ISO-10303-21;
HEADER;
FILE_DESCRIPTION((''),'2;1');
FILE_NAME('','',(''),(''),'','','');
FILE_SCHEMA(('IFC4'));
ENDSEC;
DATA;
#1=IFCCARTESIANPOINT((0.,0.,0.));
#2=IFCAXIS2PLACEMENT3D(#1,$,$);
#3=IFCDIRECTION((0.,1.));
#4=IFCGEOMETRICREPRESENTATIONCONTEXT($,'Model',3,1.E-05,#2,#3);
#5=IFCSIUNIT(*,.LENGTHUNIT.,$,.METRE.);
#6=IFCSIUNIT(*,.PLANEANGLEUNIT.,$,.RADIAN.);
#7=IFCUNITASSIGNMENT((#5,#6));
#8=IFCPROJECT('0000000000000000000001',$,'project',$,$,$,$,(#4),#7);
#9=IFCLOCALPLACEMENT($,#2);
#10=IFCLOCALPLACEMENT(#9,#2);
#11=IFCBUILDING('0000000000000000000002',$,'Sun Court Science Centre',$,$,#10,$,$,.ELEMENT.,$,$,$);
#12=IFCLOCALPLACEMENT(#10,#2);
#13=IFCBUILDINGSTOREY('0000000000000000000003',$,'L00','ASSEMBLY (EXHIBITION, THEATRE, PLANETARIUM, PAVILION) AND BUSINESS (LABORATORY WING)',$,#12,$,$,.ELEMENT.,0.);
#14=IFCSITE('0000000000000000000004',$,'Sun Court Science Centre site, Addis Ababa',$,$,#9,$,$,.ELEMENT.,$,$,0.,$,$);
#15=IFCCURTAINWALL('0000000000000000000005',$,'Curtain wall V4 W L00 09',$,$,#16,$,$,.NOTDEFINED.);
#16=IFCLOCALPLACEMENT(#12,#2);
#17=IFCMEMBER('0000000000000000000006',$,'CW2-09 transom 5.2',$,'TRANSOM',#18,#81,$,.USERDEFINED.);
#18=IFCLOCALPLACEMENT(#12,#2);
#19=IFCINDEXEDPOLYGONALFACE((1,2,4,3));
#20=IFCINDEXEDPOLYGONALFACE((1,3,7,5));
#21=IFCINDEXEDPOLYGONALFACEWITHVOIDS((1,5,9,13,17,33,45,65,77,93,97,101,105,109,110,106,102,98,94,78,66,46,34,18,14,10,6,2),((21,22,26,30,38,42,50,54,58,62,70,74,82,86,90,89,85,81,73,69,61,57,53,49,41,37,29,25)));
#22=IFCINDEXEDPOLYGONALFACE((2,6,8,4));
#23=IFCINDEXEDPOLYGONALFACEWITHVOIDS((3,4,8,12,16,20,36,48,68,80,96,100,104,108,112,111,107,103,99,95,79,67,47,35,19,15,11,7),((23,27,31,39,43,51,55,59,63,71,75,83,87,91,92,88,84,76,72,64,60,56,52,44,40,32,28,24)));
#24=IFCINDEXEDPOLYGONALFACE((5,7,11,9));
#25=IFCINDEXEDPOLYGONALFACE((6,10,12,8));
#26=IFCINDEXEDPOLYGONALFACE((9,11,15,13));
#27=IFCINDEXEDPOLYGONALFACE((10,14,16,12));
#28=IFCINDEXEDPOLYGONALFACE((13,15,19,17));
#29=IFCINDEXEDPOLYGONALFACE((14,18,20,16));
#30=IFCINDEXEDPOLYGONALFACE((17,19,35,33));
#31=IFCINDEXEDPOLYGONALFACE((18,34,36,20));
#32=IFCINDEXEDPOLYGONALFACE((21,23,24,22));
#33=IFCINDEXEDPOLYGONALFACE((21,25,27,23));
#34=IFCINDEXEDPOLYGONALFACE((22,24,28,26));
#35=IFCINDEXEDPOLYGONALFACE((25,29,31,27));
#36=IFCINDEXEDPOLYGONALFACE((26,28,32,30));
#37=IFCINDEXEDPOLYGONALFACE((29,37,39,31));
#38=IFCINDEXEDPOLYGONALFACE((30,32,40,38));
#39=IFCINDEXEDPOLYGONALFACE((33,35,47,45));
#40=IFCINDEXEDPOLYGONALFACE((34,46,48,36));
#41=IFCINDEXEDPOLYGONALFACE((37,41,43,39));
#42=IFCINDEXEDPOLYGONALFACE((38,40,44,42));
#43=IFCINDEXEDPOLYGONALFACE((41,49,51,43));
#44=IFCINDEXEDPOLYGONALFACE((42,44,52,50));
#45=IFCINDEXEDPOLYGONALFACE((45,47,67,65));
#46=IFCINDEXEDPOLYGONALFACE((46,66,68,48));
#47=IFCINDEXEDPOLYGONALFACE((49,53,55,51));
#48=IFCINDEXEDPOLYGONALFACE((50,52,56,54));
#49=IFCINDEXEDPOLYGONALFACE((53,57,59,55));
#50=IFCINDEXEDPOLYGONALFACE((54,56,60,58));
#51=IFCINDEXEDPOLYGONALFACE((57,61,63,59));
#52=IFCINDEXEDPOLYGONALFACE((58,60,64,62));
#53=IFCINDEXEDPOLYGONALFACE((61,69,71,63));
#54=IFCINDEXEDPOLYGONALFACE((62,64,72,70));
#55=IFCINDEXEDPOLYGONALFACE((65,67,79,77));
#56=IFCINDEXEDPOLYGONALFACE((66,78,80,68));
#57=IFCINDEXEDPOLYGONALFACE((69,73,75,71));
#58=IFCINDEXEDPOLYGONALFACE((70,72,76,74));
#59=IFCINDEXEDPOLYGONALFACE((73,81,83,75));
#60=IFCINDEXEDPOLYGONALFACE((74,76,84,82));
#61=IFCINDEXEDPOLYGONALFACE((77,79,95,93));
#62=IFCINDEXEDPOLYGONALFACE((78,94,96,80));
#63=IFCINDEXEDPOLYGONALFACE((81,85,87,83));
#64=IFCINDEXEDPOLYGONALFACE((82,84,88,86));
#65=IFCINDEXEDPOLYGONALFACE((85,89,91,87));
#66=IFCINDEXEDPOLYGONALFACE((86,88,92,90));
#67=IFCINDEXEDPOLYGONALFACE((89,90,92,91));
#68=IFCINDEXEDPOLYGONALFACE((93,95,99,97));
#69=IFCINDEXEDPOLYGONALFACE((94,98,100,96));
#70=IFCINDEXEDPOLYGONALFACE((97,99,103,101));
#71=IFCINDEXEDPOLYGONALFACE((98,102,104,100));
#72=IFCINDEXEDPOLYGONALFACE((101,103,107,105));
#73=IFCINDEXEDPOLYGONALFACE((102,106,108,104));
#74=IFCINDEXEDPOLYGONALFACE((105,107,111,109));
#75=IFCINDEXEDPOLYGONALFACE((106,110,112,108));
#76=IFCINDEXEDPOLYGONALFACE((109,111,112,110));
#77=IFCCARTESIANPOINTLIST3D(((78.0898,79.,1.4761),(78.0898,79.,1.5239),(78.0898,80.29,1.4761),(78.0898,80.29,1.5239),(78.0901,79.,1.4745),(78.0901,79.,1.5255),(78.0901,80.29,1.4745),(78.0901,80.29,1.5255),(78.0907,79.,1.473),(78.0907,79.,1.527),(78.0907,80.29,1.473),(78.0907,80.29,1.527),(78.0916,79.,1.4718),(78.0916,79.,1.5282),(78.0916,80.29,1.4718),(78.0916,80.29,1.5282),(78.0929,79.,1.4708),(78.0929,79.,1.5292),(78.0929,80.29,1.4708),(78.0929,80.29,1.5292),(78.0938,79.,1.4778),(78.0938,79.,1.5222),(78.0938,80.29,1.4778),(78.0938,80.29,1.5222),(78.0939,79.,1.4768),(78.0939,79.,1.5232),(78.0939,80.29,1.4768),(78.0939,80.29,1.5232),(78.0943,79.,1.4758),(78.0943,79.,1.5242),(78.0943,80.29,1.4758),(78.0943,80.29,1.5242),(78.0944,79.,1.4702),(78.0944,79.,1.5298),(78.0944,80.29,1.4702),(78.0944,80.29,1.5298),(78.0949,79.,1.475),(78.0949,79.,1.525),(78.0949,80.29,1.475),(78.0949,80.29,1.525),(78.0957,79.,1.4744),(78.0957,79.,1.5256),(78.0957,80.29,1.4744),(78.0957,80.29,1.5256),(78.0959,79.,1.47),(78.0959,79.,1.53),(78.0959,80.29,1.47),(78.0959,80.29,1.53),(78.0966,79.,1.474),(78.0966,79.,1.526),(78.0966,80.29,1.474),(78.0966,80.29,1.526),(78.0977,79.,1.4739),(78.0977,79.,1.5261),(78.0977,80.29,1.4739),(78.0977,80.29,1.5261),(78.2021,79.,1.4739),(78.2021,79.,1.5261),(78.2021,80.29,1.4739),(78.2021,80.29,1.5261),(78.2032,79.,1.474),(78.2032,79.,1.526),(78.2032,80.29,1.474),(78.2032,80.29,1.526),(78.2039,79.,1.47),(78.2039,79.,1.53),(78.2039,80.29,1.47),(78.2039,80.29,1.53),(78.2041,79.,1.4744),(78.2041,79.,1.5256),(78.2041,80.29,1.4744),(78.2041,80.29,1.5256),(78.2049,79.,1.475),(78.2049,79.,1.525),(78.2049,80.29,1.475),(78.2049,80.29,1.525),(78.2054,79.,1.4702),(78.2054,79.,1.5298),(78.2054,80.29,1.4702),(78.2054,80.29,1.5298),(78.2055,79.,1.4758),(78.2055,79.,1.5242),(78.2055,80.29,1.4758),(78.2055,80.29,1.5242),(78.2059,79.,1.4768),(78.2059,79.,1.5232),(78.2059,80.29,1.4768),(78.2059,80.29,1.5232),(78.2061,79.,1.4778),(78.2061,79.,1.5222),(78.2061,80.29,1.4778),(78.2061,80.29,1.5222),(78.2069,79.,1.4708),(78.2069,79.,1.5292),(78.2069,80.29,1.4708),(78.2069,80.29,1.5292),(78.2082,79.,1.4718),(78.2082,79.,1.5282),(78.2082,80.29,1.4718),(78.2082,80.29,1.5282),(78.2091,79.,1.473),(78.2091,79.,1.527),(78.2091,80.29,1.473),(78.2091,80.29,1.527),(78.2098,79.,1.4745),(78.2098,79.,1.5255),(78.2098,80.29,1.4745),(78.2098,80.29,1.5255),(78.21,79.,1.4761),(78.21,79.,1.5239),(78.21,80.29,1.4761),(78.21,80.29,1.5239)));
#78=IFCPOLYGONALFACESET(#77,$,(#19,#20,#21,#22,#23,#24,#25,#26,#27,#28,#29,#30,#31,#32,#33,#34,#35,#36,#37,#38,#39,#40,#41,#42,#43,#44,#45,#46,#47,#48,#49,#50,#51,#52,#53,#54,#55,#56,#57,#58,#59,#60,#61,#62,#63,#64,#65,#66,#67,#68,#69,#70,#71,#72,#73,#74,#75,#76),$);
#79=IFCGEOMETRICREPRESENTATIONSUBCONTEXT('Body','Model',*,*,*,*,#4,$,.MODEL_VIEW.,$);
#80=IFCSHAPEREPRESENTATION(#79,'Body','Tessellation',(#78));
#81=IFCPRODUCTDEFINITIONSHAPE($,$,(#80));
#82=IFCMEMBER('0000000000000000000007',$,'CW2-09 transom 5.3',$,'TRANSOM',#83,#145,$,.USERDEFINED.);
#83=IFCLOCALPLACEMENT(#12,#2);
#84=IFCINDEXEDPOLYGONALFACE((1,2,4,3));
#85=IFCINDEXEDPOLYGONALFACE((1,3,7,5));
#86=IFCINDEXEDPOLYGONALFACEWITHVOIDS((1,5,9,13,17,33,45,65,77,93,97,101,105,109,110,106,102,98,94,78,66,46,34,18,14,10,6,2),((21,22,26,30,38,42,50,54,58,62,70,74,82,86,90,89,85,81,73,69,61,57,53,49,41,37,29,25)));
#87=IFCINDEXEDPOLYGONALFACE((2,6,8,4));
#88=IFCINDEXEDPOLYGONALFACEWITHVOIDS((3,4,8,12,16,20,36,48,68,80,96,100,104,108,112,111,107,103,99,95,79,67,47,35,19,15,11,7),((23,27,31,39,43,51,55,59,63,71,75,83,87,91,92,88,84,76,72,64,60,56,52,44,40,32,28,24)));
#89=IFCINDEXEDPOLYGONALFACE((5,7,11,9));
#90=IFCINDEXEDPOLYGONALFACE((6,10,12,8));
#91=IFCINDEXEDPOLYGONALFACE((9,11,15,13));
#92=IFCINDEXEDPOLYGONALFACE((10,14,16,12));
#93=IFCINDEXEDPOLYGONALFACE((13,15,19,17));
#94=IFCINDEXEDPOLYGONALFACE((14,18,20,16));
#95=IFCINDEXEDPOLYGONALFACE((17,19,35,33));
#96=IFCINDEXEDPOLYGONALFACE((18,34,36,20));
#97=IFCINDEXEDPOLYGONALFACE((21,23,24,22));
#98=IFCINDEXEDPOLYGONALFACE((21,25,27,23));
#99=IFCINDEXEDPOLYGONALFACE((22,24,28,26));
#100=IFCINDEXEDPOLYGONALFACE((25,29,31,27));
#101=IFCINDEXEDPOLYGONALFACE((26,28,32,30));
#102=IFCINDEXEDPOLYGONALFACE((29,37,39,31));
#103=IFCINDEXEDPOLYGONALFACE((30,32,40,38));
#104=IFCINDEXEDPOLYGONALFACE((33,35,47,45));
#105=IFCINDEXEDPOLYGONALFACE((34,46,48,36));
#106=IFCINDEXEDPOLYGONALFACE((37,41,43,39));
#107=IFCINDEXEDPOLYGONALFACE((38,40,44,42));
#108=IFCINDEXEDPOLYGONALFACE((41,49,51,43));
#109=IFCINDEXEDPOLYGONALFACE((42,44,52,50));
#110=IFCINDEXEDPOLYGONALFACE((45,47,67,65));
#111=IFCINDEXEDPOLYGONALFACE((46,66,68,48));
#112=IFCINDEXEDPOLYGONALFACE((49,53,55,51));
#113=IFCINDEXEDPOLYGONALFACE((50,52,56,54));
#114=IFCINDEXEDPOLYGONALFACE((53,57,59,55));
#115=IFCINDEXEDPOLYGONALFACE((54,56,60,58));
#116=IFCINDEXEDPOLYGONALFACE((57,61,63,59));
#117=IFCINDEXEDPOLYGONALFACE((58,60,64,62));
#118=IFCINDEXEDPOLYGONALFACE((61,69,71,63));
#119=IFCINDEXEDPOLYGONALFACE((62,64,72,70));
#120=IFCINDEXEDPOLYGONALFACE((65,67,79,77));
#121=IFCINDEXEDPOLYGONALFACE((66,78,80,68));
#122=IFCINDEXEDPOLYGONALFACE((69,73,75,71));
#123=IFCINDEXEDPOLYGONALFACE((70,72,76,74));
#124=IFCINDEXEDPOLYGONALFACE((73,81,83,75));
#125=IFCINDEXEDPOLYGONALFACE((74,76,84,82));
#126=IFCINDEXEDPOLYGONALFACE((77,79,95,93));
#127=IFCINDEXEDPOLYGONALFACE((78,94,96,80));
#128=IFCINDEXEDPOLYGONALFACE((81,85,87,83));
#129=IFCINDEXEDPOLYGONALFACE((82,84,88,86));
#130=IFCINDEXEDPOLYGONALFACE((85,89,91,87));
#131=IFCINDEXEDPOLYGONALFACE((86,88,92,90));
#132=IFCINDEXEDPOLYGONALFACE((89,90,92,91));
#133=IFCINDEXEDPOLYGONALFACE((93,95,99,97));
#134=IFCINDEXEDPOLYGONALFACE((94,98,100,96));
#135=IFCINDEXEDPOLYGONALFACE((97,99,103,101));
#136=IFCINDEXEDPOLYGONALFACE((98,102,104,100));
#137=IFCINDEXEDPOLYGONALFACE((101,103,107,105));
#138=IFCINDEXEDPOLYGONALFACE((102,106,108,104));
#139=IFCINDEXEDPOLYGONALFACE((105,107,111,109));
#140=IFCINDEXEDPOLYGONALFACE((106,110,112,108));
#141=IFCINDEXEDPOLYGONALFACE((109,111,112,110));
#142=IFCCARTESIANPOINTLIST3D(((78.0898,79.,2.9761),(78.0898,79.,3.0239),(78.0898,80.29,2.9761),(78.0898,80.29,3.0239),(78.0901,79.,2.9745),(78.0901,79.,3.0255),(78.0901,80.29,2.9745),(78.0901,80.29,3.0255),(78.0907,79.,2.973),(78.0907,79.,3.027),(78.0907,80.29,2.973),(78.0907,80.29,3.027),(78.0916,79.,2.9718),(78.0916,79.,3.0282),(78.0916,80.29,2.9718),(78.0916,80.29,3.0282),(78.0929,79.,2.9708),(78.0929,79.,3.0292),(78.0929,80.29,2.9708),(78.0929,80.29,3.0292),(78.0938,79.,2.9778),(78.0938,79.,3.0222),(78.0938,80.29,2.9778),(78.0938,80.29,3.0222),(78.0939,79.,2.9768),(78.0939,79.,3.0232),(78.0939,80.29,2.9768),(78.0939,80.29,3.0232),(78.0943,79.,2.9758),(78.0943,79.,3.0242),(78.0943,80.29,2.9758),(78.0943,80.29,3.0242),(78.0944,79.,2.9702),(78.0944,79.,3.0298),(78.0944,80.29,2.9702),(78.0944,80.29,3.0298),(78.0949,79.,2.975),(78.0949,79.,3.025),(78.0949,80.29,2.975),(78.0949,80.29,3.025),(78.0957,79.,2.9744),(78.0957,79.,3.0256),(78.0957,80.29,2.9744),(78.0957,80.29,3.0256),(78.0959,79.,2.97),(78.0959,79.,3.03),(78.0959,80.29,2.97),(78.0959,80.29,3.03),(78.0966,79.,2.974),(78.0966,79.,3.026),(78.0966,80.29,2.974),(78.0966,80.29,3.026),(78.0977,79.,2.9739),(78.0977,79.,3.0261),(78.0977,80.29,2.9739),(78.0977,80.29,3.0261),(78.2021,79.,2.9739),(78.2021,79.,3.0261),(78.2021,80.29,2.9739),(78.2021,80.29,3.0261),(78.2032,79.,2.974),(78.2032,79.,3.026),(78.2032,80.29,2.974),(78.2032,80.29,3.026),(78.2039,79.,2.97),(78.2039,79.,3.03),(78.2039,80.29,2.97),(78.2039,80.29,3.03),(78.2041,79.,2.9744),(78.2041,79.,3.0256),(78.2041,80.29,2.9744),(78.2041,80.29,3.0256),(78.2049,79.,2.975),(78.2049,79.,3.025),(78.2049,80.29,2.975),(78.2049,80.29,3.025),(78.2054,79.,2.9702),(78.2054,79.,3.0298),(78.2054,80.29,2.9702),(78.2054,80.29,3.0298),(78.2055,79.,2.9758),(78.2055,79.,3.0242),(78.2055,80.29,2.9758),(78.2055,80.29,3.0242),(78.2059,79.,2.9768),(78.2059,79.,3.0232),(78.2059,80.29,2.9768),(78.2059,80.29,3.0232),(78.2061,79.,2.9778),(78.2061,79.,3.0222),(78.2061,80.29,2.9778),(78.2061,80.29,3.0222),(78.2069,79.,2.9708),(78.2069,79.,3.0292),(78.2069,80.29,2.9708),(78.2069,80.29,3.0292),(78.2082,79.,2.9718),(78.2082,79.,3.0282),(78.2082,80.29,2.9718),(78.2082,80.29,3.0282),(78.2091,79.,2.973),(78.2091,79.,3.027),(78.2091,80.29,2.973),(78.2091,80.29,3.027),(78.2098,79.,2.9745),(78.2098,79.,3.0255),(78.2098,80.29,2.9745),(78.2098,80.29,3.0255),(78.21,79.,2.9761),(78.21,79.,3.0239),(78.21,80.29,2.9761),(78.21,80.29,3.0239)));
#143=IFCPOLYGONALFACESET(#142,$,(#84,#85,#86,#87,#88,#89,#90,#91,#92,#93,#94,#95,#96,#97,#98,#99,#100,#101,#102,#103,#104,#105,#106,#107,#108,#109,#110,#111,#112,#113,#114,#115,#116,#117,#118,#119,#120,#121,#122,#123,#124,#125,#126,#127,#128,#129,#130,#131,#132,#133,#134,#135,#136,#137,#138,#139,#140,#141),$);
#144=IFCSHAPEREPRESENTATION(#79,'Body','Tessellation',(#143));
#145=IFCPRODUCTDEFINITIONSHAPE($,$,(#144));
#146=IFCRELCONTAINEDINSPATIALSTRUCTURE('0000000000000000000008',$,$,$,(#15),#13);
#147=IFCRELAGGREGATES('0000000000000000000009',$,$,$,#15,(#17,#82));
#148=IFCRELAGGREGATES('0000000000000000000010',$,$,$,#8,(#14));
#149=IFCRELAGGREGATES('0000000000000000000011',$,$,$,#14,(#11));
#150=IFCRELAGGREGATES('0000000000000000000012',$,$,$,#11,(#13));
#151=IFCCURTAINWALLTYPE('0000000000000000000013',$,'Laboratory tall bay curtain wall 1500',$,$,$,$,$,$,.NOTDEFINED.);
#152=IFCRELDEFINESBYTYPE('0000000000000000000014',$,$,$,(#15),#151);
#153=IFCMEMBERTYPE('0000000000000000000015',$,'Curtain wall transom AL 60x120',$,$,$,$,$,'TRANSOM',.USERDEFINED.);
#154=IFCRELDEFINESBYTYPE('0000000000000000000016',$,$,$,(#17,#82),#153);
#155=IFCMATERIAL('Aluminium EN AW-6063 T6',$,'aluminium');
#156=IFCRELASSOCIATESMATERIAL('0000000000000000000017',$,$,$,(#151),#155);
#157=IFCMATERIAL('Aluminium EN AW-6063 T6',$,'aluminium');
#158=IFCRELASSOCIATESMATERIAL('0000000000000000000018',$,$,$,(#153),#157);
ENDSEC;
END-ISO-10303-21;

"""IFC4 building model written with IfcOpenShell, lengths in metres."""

from ifc_helpers import new_model, si_unit, direction, frame, origin, origin_2d, place, context, subcontext, project, spatial, hollow_rectangle, extrude, material, material_profile, profile_set, type_object, element, aggregate, save


model = new_model("IFC4")

# Units and contexts
model_context = context("Model", 3, precision=1e-05, world=origin(), true_north=direction((0.0, 1.0)))
body_context = subcontext(model_context, "Body", "Model", "MODEL_VIEW")
ifc_project = project(units=[si_unit("LENGTHUNIT", "METRE"), si_unit("PLANEANGLEUNIT", "RADIAN")], contexts=[model_context])

# Site, building, storey
site_placement = place(None, origin())
site = spatial("IfcSite", under=ifc_project, at=site_placement, Name="Sun Court Science Centre site, Addis Ababa", CompositionType="ELEMENT", RefElevation=0.0)
building_placement = place(site_placement, origin())
building = spatial("IfcBuilding", under=site, at=building_placement, Name="Sun Court Science Centre", CompositionType="ELEMENT")
storey_placement = place(building_placement, origin())
storey = spatial("IfcBuildingStorey", under=building, at=storey_placement, Name="L00", Description="ASSEMBLY (EXHIBITION, THEATRE, PLANETARIUM, PAVILION) AND BUSINESS (LABORATORY WING)", CompositionType="ELEMENT", Elevation=0.0)

# Curtain wall, members
ifc_material_1 = material(Name="Aluminium EN AW-6063 T6", Category="aluminium")
curtain_wall_type = type_object("IfcCurtainWallType", Name="Laboratory tall bay curtain wall 1500", PredefinedType="NOTDEFINED", material=ifc_material_1)
curtain_wall_placement = place(storey_placement, origin())
curtain_wall = element("IfcCurtainWall", 1, at=curtain_wall_placement, inside=storey, type_object=curtain_wall_type, Name="Curtain wall V4 W L00 09", PredefinedType="NOTDEFINED")
ifc_material_2 = material(Name="Aluminium EN AW-6063 T6", Category="aluminium")
ifc_material_profile_1 = material_profile(ifc_material_2, hollow_rectangle(XDim=0.0601, YDim=0.1201, WallThickness=0.0039, InnerFilletRadius=0.0039, OuterFilletRadius=0.0061, at=origin_2d()), Name="AL 60x120x4")
ifc_profile_set_1 = profile_set([ifc_material_profile_1], Name="Aluminium EN AW-6063 T6")
member_type_1 = type_object("IfcMemberType", Name="Curtain wall transom AL 60x120", ElementType="TRANSOM", PredefinedType="USERDEFINED", material=ifc_profile_set_1)
member_1_placement = place(storey_placement, frame((78.1499, 79.0, 1.5), z_axis=(0.0, 1.0, 0.0), x_axis=(0.0, 0.0, 1.0)))
member_1 = element("IfcMember", 2, at=member_1_placement, type_object=member_type_1, Name="CW2-09 transom 5.2", ObjectType="TRANSOM", PredefinedType="USERDEFINED", context=body_context, shape_type="SweptSolid", body=[
    extrude(hollow_rectangle(XDim=0.0601, YDim=0.1201, WallThickness=0.0039, InnerFilletRadius=0.0039, OuterFilletRadius=0.0061, at=origin_2d()), origin(), (0.0, 0.0, 1.0), 1.29),
])
member_2_placement = place(storey_placement, frame((78.1499, 79.0, 3.0), z_axis=(0.0, 1.0, 0.0), x_axis=(0.0, 0.0, 1.0)))
member_2 = element("IfcMember", 3, at=member_2_placement, type_object=member_type_1, Name="CW2-09 transom 5.3", ObjectType="TRANSOM", PredefinedType="USERDEFINED", context=body_context, shape_type="SweptSolid", body=[
    extrude(hollow_rectangle(XDim=0.0601, YDim=0.1201, WallThickness=0.0039, InnerFilletRadius=0.0039, OuterFilletRadius=0.0061, at=origin_2d()), origin(), (0.0, 0.0, 1.0), 1.29),
])

aggregate(curtain_wall, [member_1, member_2])

save(model, "model.ifc")
